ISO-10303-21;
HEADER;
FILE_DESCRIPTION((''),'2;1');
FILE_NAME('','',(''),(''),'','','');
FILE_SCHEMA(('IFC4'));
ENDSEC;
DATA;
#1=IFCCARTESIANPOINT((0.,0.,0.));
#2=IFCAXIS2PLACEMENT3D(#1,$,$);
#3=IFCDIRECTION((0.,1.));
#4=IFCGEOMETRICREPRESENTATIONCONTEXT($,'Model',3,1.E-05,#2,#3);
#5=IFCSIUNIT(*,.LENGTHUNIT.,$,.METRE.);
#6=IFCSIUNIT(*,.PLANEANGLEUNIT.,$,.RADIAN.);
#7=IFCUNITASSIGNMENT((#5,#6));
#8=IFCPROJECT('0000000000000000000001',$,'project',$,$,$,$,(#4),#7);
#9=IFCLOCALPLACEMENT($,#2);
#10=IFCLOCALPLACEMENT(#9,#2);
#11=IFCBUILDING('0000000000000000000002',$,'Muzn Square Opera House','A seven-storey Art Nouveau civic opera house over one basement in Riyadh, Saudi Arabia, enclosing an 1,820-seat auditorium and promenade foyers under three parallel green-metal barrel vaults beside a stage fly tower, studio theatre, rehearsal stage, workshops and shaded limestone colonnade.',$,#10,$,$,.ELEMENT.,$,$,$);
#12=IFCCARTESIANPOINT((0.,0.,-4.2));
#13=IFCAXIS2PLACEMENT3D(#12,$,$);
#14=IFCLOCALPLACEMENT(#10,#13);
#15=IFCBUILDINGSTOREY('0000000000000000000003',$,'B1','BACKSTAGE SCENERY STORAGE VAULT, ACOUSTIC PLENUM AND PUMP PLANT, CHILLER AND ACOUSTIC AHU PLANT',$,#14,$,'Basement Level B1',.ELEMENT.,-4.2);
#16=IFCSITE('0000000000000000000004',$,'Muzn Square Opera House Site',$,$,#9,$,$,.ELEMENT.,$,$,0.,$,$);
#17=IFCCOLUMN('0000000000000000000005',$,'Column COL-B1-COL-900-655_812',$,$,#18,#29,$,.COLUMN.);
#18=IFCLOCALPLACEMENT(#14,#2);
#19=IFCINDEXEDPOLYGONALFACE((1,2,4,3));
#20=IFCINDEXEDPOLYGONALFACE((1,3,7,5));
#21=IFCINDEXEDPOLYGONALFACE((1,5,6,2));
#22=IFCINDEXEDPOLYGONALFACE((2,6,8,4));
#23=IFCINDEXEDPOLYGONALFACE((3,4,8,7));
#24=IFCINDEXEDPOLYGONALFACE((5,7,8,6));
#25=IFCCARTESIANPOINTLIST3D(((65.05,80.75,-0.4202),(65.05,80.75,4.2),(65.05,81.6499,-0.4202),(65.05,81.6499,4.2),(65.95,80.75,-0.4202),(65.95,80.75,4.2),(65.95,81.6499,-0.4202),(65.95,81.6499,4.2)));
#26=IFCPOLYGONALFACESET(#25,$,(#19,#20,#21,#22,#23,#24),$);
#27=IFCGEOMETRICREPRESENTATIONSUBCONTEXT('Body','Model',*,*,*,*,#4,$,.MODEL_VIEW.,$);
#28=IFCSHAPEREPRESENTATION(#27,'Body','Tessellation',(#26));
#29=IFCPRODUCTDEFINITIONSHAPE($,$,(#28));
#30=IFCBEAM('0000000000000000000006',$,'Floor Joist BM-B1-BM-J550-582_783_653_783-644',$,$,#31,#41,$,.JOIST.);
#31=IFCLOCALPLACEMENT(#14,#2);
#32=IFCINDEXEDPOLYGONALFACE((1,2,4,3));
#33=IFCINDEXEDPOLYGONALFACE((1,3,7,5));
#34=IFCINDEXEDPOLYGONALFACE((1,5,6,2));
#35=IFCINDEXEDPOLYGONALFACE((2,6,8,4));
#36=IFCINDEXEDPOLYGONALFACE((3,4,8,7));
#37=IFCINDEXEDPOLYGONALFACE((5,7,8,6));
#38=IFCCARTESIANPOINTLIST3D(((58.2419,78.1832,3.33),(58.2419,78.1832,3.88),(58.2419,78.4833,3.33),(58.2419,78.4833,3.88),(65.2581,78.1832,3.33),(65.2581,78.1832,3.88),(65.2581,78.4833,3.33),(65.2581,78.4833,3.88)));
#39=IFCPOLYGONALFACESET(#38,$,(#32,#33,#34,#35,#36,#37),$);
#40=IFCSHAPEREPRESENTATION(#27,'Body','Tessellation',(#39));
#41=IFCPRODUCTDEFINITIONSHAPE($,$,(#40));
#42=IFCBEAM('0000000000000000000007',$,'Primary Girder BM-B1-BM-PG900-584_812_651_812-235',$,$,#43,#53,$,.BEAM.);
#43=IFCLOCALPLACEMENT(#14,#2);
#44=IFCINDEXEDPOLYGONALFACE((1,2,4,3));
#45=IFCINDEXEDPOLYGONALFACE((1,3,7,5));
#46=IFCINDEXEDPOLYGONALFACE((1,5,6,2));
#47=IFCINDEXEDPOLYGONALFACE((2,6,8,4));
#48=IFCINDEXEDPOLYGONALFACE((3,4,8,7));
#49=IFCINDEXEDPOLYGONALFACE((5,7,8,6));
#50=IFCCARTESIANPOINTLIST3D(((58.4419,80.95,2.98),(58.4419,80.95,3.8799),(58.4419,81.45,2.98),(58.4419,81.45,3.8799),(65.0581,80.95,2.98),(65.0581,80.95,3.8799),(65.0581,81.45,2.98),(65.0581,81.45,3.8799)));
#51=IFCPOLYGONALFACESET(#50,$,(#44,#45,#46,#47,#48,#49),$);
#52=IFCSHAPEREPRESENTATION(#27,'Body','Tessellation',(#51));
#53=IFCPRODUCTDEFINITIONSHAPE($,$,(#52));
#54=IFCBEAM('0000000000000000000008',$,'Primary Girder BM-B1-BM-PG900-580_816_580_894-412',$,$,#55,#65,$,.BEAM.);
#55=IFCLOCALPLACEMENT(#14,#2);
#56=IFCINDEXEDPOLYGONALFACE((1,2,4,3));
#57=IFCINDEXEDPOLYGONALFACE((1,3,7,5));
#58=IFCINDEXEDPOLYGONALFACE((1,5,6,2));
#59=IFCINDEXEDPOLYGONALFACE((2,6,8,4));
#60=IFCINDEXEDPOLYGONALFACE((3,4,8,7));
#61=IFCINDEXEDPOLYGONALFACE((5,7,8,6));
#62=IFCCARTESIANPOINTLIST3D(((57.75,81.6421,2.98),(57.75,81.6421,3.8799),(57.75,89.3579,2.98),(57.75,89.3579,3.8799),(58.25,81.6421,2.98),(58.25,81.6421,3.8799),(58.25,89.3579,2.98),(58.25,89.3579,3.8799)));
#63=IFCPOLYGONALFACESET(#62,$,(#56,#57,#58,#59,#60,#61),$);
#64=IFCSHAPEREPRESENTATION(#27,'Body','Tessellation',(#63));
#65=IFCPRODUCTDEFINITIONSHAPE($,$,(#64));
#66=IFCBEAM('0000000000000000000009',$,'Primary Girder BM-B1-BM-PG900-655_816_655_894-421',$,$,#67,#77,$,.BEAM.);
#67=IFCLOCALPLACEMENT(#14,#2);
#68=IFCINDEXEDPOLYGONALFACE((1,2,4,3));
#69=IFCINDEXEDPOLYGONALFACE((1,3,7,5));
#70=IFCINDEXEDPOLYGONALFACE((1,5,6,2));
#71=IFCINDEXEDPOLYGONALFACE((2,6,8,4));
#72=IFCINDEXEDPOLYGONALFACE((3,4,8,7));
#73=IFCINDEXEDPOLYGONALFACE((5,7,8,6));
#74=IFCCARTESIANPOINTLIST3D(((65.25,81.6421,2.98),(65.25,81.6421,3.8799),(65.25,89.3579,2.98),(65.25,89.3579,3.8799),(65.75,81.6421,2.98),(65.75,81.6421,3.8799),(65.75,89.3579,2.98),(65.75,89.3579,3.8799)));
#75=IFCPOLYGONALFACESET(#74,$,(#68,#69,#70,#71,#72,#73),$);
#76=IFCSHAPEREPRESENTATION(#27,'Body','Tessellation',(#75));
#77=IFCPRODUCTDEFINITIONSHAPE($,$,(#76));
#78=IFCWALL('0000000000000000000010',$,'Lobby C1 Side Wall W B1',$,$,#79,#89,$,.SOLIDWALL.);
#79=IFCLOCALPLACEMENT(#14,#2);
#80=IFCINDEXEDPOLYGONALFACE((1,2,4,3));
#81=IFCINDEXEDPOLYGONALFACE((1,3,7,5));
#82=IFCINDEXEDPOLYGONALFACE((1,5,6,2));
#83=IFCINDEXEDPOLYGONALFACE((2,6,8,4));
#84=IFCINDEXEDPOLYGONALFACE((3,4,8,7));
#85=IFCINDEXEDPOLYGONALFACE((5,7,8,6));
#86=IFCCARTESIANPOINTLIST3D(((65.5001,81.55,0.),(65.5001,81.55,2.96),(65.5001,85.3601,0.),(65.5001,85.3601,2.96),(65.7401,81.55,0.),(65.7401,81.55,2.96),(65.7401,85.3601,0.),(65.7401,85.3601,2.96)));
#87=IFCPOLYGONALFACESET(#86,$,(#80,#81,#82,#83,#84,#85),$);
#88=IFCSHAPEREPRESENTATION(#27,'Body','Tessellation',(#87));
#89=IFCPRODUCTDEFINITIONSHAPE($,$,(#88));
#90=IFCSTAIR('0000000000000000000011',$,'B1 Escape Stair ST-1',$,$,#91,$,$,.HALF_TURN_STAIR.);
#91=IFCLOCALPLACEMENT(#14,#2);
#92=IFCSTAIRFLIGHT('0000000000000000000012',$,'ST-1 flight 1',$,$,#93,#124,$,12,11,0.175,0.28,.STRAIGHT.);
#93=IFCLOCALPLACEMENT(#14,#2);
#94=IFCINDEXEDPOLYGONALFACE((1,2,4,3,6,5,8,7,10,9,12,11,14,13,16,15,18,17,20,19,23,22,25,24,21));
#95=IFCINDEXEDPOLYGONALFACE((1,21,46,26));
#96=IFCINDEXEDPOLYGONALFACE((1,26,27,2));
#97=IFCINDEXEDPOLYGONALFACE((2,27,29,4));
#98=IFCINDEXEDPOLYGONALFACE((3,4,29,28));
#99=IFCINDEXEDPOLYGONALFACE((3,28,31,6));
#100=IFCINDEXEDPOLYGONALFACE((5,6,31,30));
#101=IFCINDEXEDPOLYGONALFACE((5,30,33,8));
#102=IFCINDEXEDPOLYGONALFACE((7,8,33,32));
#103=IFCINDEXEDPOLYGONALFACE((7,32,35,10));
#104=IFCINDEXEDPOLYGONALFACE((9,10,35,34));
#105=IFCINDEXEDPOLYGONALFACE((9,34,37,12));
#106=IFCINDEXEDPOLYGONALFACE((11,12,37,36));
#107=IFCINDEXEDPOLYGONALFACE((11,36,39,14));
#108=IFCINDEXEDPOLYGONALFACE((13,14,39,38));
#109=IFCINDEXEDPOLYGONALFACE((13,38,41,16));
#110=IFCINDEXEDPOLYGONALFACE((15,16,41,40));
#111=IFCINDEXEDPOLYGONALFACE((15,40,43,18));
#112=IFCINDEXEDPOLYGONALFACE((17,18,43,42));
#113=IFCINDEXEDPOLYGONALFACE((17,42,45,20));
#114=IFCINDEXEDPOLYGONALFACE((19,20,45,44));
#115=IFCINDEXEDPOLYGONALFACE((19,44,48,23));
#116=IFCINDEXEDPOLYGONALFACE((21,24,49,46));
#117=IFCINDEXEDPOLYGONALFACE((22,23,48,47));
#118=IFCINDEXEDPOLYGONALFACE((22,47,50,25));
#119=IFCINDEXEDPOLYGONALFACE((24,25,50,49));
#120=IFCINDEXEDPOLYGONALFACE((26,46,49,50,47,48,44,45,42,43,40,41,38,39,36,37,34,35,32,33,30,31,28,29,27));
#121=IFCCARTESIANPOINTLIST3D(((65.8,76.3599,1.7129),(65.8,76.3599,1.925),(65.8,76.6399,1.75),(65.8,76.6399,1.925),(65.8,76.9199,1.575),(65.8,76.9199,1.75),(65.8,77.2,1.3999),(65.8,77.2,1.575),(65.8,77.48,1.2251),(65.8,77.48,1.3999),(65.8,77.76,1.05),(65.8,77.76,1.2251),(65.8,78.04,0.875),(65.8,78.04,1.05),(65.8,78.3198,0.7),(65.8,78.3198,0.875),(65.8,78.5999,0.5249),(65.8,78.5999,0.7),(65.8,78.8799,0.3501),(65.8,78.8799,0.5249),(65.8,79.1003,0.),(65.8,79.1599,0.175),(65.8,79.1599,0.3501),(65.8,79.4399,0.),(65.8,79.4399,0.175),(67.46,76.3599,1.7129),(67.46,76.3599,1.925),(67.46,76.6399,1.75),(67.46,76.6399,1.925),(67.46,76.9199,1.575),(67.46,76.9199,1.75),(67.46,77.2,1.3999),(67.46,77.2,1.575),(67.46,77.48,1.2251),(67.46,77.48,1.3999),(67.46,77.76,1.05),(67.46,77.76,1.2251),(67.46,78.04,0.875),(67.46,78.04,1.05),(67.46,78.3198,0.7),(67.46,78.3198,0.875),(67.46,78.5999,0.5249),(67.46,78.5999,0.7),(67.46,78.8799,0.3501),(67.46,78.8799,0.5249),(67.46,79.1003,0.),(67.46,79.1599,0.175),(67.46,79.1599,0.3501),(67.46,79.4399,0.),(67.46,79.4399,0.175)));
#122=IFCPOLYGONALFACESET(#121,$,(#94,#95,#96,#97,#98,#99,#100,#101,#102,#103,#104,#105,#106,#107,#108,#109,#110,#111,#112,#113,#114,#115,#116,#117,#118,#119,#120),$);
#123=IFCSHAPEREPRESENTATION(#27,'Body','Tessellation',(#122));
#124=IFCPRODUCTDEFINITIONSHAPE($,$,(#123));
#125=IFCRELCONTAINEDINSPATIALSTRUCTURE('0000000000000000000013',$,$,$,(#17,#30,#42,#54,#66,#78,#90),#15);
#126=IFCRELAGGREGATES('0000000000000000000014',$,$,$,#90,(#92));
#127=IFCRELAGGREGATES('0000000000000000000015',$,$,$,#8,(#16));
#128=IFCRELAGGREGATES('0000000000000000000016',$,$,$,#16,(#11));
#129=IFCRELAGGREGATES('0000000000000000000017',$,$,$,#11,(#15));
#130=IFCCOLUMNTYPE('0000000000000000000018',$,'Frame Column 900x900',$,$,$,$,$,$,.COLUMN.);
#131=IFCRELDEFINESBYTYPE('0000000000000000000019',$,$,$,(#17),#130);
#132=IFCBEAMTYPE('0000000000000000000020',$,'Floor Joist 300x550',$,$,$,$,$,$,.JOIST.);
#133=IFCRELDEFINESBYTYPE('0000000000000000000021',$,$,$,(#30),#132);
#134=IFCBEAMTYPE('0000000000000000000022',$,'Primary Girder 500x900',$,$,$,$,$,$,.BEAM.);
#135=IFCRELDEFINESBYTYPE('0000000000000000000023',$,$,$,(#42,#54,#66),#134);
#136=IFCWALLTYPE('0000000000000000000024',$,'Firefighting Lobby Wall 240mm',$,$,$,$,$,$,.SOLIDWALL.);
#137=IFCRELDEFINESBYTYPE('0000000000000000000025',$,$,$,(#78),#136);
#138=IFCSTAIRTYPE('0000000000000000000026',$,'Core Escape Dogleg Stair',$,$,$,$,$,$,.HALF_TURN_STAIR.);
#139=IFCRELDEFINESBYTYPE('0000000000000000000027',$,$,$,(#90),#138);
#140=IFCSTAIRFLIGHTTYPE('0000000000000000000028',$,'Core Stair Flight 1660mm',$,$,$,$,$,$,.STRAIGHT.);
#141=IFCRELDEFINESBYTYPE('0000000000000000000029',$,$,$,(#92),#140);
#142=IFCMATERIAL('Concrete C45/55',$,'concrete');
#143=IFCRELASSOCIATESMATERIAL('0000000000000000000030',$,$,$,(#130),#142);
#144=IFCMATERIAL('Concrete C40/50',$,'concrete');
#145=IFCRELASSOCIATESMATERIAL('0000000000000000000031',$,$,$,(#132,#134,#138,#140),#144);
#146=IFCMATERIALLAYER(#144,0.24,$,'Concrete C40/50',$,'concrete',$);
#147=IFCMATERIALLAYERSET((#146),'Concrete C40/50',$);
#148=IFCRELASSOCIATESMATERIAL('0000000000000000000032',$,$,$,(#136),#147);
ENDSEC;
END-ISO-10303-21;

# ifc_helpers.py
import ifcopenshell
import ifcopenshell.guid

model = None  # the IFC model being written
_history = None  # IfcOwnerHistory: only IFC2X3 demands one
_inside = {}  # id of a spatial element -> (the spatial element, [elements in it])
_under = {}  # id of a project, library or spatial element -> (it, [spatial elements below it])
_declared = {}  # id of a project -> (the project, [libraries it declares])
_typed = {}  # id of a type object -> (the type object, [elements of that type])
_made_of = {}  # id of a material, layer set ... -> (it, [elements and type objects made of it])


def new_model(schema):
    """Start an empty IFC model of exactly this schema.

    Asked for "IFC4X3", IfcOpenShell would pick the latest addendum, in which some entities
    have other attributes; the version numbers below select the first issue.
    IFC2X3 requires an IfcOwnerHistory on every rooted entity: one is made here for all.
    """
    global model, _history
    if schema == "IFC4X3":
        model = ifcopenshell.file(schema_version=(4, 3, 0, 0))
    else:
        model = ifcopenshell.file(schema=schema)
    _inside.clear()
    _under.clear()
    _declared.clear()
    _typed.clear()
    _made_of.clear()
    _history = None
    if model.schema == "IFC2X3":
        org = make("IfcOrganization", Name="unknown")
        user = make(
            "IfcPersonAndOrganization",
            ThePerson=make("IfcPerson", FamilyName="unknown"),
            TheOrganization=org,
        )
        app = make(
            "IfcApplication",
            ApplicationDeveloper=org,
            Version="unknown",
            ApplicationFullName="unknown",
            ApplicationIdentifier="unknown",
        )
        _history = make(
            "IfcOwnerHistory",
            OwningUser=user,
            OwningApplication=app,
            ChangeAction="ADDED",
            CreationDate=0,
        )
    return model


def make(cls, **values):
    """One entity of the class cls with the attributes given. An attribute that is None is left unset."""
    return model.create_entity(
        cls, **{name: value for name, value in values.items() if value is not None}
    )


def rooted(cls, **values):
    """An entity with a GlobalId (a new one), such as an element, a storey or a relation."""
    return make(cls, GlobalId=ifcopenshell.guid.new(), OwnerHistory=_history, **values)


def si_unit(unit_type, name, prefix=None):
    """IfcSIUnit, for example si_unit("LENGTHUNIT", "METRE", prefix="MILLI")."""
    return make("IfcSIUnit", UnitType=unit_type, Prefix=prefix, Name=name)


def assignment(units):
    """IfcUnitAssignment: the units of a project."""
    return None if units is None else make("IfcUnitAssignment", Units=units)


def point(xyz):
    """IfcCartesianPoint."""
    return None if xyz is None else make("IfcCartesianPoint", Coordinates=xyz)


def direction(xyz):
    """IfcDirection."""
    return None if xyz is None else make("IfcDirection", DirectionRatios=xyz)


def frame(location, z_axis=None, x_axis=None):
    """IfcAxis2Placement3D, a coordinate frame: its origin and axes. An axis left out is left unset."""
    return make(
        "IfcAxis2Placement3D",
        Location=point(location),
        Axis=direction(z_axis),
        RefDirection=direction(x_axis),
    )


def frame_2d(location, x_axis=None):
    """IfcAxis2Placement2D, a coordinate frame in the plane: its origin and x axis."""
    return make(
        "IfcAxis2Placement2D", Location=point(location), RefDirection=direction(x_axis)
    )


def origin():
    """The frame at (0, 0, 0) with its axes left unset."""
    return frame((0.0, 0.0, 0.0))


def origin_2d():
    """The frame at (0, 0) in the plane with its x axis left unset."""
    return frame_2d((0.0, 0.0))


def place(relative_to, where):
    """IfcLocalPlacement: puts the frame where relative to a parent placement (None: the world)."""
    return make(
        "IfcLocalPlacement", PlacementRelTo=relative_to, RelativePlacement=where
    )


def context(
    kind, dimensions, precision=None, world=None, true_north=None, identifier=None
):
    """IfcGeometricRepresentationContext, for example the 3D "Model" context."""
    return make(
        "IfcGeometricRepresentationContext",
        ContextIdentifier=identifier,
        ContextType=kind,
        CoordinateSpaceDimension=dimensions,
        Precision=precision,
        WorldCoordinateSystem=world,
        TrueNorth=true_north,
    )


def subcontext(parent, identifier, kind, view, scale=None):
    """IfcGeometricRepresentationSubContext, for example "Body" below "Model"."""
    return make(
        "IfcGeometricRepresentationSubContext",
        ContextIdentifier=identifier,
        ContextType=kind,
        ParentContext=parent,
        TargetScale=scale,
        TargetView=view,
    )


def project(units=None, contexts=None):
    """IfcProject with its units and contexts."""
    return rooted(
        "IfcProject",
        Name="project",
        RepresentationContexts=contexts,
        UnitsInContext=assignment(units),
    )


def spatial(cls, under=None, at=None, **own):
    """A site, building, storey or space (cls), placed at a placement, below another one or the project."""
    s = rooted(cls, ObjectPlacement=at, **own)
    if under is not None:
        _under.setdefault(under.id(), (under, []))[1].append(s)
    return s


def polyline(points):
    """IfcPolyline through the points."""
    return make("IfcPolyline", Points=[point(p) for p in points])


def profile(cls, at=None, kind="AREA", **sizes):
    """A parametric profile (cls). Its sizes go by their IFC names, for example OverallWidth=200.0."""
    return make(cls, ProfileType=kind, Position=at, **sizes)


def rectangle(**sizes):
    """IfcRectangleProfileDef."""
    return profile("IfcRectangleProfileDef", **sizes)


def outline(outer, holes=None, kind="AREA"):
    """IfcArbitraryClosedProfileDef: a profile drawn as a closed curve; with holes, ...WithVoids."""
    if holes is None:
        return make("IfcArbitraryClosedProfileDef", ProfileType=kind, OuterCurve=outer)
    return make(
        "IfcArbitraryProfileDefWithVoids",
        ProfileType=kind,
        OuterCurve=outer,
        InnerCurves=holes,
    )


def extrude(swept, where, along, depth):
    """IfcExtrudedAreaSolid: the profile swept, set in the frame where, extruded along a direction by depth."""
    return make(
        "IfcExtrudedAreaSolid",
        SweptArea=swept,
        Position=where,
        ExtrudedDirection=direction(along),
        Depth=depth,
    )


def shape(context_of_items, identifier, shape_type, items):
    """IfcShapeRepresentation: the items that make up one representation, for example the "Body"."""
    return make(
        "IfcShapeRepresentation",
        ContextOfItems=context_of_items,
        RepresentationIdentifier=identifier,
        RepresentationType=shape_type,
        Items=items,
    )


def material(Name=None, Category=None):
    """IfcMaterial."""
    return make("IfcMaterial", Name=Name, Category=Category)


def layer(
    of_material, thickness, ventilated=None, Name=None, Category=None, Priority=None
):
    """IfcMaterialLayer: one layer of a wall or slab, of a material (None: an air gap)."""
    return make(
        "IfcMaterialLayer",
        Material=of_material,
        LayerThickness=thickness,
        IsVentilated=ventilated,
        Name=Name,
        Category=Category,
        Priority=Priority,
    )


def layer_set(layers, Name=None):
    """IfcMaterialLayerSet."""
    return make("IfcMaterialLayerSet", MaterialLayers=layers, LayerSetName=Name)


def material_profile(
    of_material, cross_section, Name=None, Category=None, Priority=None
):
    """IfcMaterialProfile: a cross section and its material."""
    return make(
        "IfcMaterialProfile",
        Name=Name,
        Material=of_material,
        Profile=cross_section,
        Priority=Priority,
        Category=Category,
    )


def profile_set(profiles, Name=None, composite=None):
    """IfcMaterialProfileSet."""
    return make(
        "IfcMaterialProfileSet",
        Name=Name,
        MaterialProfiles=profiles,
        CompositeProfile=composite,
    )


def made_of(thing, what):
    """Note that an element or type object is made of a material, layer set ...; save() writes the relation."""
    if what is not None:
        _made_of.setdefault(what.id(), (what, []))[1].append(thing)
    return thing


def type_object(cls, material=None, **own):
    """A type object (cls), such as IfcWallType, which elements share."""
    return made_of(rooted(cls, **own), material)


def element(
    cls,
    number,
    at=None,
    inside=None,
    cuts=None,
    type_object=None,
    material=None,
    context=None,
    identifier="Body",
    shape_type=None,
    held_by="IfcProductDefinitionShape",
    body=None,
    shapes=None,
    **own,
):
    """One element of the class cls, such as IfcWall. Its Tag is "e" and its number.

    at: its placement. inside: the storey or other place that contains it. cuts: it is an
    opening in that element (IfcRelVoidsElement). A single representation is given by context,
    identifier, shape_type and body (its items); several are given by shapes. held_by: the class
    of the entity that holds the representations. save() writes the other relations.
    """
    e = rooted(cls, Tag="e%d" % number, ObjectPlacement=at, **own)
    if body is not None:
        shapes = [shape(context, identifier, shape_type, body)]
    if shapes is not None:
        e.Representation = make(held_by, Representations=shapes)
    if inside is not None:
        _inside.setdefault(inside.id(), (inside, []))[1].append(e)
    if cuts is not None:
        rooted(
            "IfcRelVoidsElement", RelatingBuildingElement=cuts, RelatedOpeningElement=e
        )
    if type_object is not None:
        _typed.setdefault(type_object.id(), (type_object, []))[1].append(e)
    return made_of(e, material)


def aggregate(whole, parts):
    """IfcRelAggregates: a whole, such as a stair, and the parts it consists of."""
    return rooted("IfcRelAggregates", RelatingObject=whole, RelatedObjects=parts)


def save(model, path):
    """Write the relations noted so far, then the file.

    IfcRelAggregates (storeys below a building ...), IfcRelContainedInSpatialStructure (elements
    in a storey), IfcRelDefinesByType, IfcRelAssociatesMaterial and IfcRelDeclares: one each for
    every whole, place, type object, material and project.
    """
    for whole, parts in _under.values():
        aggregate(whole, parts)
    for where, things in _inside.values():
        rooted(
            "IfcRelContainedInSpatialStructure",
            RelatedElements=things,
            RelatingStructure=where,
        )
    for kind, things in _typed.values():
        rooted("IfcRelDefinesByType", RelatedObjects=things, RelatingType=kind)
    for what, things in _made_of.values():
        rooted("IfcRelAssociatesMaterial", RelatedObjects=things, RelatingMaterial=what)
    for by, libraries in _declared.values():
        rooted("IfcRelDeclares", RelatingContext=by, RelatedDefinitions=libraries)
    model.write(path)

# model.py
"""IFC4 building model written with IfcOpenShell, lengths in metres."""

from ifc_helpers import new_model, si_unit, direction, frame, frame_2d, origin, origin_2d, place, context, subcontext, project, spatial, polyline, rectangle, outline, extrude, material, layer, layer_set, material_profile, profile_set, type_object, element, aggregate, save


model = new_model("IFC4")

# Units and contexts
model_context = context("Model", 3, precision=1e-05, world=origin(), true_north=direction((0.0, 1.0)))
body_context = subcontext(model_context, "Body", "Model", "MODEL_VIEW")
ifc_project = project(units=[si_unit("LENGTHUNIT", "METRE"), si_unit("PLANEANGLEUNIT", "RADIAN")], contexts=[model_context])

# Site, building, storey
site_placement = place(None, origin())
site = spatial("IfcSite", under=ifc_project, at=site_placement, Name="Muzn Square Opera House Site", CompositionType="ELEMENT", RefElevation=0.0)
building_placement = place(site_placement, origin())
building = spatial("IfcBuilding", under=site, at=building_placement, Name="Muzn Square Opera House", Description="A seven-storey Art Nouveau civic opera house over one basement in Riyadh, Saudi Arabia, enclosing an 1,820-seat auditorium and promenade foyers under three parallel green-metal barrel vaults beside a stage fly tower, studio theatre, rehearsal stage, workshops and shaded limestone colonnade.", CompositionType="ELEMENT")
storey_placement = place(building_placement, frame((0.0, 0.0, -4.2)))
storey = spatial("IfcBuildingStorey", under=building, at=storey_placement, Name="B1", Description="BACKSTAGE SCENERY STORAGE VAULT, ACOUSTIC PLENUM AND PUMP PLANT, CHILLER AND ACOUSTIC AHU PLANT", LongName="Basement Level B1", CompositionType="ELEMENT", Elevation=-4.2)

# Shared definitions
ifc_material_1 = material(Name="Concrete C40/50", Category="concrete")

# Column
ifc_material_2 = material(Name="Concrete C45/55", Category="concrete")
ifc_material_profile_1 = material_profile(ifc_material_2, rectangle(XDim=0.8999, YDim=0.8999, at=origin_2d()), Name="RC 900x900", Category="concrete")
ifc_profile_set_1 = profile_set([ifc_material_profile_1], Name="Concrete C45/55")
column_type = type_object("IfcColumnType", Name="Frame Column 900x900", PredefinedType="COLUMN", material=ifc_profile_set_1)
column_placement = place(storey_placement, frame((65.5, 81.2, -0.4202), z_axis=(0.0, 0.0, 1.0), x_axis=(1.0, 0.0, 0.0)))
element("IfcColumn", 1, at=column_placement, inside=storey, type_object=column_type, Name="Column COL-B1-COL-900-655_812", PredefinedType="COLUMN", context=body_context, shape_type="SweptSolid", body=[
    extrude(rectangle(XDim=0.8999, YDim=0.8999, at=origin_2d()), origin(), (0.0, 0.0, 1.0), 4.6201),
])

# Beams
ifc_material_profile_2 = material_profile(ifc_material_1, rectangle(XDim=0.3, YDim=0.55, at=origin_2d()), Name="RCJ 300x550", Category="concrete")
ifc_profile_set_2 = profile_set([ifc_material_profile_2], Name="Concrete C40/50")
beam_type_1 = type_object("IfcBeamType", Name="Floor Joist 300x550", PredefinedType="JOIST", material=ifc_profile_set_2)
beam_1_placement = place(storey_placement, frame((58.2419, 78.3333, 3.605), z_axis=(1.0, 0.0, 0.0), x_axis=(0.0, 1.0, 0.0)))
element("IfcBeam", 2, at=beam_1_placement, inside=storey, type_object=beam_type_1, Name="Floor Joist BM-B1-BM-J550-582_783_653_783-644", PredefinedType="JOIST", context=body_context, shape_type="SweptSolid", body=[
    extrude(rectangle(XDim=0.3, YDim=0.55, at=origin_2d()), origin(), (0.0, 0.0, 1.0), 7.0161),
])
ifc_material_profile_3 = material_profile(ifc_material_1, rectangle(XDim=0.5, YDim=0.8999, at=origin_2d()), Name="RCB 500x900", Category="concrete")
ifc_profile_set_3 = profile_set([ifc_material_profile_3], Name="Concrete C40/50")
beam_type_2 = type_object("IfcBeamType", Name="Primary Girder 500x900", PredefinedType="BEAM", material=ifc_profile_set_3)
beam_2_placement = place(storey_placement, frame((58.4419, 81.2, 3.4299), z_axis=(1.0, 0.0, 0.0), x_axis=(0.0, 1.0, 0.0)))
element("IfcBeam", 3, at=beam_2_placement, inside=storey, type_object=beam_type_2, Name="Primary Girder BM-B1-BM-PG900-584_812_651_812-235", PredefinedType="BEAM", context=body_context, shape_type="SweptSolid", body=[
    extrude(rectangle(XDim=0.5, YDim=0.8999, at=origin_2d()), origin(), (0.0, 0.0, 1.0), 6.6162),
])
for number, where, z_axis, x_axis, name in (
    (4, (58.0, 81.6421, 3.4299), (0.0, 1.0, 0.0), (-1.0, 0.0, 0.0), "Primary Girder BM-B1-BM-PG900-580_816_580_894-412"),
    (5, (65.5, 81.6421, 3.4299), (0.0, 1.0, 0.0), (-1.0, 0.0, 0.0), "Primary Girder BM-B1-BM-PG900-655_816_655_894-421"),
):
    element("IfcBeam", number, at=place(storey_placement, frame(where, z_axis=z_axis, x_axis=x_axis)), inside=storey, type_object=beam_type_2, Name=name, PredefinedType="BEAM", context=body_context, shape_type="SweptSolid", body=[
        extrude(rectangle(XDim=0.5, YDim=0.8999, at=origin_2d()), origin(), (0.0, 0.0, 1.0), 7.7158),
    ])

# Wall
ifc_layer_1 = layer(ifc_material_1, 0.24, Name="Concrete C40/50", Category="concrete")
ifc_layer_set_1 = layer_set([ifc_layer_1], Name="Concrete C40/50")
wall_type_1 = type_object("IfcWallType", Name="Firefighting Lobby Wall 240mm", PredefinedType="SOLIDWALL", material=ifc_layer_set_1)
wall_1_placement = place(storey_placement, frame((65.6201, 81.55, 0.0), z_axis=(0.0, 0.0, 1.0), x_axis=(0.0, 1.0, 0.0)))
element("IfcWall", 6, at=wall_1_placement, inside=storey, type_object=wall_type_1, Name="Lobby C1 Side Wall W B1", PredefinedType="SOLIDWALL", context=body_context, shape_type="SweptSolid", body=[
    extrude(rectangle(XDim=3.8101, YDim=0.24, at=frame_2d((1.905, 0.0))), origin(), (0.0, 0.0, 1.0), 2.96),
])

# Stair, stair flight
stair_type = type_object("IfcStairType", Name="Core Escape Dogleg Stair", PredefinedType="HALF_TURN_STAIR", material=ifc_material_1)
stair_placement = place(storey_placement, origin())
stair = element("IfcStair", 7, at=stair_placement, inside=storey, type_object=stair_type, Name="B1 Escape Stair ST-1", PredefinedType="HALF_TURN_STAIR")
stair_flight_type = type_object("IfcStairFlightType", Name="Core Stair Flight 1660mm", PredefinedType="STRAIGHT", material=ifc_material_1)
stair_flight_placement = place(storey_placement, frame((66.6299, 79.4399, 0.0), z_axis=(0.0, 0.0, 1.0), x_axis=(0.0, -1.0, 0.0)))
stair_flight = element("IfcStairFlight", 8, at=stair_flight_placement, type_object=stair_flight_type, Name="ST-1 flight 1", NumberOfRisers=12, NumberOfTreads=11, PredefinedType="STRAIGHT", RiserHeight=0.175, TreadLength=0.28, context=body_context, shape_type="SweptSolid", body=[
    extrude(outline(polyline([(0.0, 0.0), (0.0, 0.175), (0.28, 0.175), (0.28, 0.3501), (0.5601, 0.3501), (0.5601, 0.5249), (0.8401, 0.5249), (0.8401, 0.7), (1.1201, 0.7), (1.1201, 0.875), (1.3999, 0.875), (1.3999, 1.05), (1.6799, 1.05), (1.6799, 1.2251), (1.96, 1.2251), (1.96, 1.3999), (2.24, 1.3999), (2.24, 1.575), (2.52, 1.575), (2.52, 1.75), (2.8, 1.75), (2.8, 1.925), (3.0801, 1.925), (3.0801, 2.1001), (3.0801, 1.7129), (0.3396, 0.0), (0.0, 0.0)])), frame((0.0, 0.8301, 0.0), z_axis=(0.0, -1.0, 0.0), x_axis=(1.0, 0.0, 0.0)), (0.0, 0.0, 1.0), 1.6599),
])
aggregate(stair, [stair_flight])

save(model, "model.ifc")
